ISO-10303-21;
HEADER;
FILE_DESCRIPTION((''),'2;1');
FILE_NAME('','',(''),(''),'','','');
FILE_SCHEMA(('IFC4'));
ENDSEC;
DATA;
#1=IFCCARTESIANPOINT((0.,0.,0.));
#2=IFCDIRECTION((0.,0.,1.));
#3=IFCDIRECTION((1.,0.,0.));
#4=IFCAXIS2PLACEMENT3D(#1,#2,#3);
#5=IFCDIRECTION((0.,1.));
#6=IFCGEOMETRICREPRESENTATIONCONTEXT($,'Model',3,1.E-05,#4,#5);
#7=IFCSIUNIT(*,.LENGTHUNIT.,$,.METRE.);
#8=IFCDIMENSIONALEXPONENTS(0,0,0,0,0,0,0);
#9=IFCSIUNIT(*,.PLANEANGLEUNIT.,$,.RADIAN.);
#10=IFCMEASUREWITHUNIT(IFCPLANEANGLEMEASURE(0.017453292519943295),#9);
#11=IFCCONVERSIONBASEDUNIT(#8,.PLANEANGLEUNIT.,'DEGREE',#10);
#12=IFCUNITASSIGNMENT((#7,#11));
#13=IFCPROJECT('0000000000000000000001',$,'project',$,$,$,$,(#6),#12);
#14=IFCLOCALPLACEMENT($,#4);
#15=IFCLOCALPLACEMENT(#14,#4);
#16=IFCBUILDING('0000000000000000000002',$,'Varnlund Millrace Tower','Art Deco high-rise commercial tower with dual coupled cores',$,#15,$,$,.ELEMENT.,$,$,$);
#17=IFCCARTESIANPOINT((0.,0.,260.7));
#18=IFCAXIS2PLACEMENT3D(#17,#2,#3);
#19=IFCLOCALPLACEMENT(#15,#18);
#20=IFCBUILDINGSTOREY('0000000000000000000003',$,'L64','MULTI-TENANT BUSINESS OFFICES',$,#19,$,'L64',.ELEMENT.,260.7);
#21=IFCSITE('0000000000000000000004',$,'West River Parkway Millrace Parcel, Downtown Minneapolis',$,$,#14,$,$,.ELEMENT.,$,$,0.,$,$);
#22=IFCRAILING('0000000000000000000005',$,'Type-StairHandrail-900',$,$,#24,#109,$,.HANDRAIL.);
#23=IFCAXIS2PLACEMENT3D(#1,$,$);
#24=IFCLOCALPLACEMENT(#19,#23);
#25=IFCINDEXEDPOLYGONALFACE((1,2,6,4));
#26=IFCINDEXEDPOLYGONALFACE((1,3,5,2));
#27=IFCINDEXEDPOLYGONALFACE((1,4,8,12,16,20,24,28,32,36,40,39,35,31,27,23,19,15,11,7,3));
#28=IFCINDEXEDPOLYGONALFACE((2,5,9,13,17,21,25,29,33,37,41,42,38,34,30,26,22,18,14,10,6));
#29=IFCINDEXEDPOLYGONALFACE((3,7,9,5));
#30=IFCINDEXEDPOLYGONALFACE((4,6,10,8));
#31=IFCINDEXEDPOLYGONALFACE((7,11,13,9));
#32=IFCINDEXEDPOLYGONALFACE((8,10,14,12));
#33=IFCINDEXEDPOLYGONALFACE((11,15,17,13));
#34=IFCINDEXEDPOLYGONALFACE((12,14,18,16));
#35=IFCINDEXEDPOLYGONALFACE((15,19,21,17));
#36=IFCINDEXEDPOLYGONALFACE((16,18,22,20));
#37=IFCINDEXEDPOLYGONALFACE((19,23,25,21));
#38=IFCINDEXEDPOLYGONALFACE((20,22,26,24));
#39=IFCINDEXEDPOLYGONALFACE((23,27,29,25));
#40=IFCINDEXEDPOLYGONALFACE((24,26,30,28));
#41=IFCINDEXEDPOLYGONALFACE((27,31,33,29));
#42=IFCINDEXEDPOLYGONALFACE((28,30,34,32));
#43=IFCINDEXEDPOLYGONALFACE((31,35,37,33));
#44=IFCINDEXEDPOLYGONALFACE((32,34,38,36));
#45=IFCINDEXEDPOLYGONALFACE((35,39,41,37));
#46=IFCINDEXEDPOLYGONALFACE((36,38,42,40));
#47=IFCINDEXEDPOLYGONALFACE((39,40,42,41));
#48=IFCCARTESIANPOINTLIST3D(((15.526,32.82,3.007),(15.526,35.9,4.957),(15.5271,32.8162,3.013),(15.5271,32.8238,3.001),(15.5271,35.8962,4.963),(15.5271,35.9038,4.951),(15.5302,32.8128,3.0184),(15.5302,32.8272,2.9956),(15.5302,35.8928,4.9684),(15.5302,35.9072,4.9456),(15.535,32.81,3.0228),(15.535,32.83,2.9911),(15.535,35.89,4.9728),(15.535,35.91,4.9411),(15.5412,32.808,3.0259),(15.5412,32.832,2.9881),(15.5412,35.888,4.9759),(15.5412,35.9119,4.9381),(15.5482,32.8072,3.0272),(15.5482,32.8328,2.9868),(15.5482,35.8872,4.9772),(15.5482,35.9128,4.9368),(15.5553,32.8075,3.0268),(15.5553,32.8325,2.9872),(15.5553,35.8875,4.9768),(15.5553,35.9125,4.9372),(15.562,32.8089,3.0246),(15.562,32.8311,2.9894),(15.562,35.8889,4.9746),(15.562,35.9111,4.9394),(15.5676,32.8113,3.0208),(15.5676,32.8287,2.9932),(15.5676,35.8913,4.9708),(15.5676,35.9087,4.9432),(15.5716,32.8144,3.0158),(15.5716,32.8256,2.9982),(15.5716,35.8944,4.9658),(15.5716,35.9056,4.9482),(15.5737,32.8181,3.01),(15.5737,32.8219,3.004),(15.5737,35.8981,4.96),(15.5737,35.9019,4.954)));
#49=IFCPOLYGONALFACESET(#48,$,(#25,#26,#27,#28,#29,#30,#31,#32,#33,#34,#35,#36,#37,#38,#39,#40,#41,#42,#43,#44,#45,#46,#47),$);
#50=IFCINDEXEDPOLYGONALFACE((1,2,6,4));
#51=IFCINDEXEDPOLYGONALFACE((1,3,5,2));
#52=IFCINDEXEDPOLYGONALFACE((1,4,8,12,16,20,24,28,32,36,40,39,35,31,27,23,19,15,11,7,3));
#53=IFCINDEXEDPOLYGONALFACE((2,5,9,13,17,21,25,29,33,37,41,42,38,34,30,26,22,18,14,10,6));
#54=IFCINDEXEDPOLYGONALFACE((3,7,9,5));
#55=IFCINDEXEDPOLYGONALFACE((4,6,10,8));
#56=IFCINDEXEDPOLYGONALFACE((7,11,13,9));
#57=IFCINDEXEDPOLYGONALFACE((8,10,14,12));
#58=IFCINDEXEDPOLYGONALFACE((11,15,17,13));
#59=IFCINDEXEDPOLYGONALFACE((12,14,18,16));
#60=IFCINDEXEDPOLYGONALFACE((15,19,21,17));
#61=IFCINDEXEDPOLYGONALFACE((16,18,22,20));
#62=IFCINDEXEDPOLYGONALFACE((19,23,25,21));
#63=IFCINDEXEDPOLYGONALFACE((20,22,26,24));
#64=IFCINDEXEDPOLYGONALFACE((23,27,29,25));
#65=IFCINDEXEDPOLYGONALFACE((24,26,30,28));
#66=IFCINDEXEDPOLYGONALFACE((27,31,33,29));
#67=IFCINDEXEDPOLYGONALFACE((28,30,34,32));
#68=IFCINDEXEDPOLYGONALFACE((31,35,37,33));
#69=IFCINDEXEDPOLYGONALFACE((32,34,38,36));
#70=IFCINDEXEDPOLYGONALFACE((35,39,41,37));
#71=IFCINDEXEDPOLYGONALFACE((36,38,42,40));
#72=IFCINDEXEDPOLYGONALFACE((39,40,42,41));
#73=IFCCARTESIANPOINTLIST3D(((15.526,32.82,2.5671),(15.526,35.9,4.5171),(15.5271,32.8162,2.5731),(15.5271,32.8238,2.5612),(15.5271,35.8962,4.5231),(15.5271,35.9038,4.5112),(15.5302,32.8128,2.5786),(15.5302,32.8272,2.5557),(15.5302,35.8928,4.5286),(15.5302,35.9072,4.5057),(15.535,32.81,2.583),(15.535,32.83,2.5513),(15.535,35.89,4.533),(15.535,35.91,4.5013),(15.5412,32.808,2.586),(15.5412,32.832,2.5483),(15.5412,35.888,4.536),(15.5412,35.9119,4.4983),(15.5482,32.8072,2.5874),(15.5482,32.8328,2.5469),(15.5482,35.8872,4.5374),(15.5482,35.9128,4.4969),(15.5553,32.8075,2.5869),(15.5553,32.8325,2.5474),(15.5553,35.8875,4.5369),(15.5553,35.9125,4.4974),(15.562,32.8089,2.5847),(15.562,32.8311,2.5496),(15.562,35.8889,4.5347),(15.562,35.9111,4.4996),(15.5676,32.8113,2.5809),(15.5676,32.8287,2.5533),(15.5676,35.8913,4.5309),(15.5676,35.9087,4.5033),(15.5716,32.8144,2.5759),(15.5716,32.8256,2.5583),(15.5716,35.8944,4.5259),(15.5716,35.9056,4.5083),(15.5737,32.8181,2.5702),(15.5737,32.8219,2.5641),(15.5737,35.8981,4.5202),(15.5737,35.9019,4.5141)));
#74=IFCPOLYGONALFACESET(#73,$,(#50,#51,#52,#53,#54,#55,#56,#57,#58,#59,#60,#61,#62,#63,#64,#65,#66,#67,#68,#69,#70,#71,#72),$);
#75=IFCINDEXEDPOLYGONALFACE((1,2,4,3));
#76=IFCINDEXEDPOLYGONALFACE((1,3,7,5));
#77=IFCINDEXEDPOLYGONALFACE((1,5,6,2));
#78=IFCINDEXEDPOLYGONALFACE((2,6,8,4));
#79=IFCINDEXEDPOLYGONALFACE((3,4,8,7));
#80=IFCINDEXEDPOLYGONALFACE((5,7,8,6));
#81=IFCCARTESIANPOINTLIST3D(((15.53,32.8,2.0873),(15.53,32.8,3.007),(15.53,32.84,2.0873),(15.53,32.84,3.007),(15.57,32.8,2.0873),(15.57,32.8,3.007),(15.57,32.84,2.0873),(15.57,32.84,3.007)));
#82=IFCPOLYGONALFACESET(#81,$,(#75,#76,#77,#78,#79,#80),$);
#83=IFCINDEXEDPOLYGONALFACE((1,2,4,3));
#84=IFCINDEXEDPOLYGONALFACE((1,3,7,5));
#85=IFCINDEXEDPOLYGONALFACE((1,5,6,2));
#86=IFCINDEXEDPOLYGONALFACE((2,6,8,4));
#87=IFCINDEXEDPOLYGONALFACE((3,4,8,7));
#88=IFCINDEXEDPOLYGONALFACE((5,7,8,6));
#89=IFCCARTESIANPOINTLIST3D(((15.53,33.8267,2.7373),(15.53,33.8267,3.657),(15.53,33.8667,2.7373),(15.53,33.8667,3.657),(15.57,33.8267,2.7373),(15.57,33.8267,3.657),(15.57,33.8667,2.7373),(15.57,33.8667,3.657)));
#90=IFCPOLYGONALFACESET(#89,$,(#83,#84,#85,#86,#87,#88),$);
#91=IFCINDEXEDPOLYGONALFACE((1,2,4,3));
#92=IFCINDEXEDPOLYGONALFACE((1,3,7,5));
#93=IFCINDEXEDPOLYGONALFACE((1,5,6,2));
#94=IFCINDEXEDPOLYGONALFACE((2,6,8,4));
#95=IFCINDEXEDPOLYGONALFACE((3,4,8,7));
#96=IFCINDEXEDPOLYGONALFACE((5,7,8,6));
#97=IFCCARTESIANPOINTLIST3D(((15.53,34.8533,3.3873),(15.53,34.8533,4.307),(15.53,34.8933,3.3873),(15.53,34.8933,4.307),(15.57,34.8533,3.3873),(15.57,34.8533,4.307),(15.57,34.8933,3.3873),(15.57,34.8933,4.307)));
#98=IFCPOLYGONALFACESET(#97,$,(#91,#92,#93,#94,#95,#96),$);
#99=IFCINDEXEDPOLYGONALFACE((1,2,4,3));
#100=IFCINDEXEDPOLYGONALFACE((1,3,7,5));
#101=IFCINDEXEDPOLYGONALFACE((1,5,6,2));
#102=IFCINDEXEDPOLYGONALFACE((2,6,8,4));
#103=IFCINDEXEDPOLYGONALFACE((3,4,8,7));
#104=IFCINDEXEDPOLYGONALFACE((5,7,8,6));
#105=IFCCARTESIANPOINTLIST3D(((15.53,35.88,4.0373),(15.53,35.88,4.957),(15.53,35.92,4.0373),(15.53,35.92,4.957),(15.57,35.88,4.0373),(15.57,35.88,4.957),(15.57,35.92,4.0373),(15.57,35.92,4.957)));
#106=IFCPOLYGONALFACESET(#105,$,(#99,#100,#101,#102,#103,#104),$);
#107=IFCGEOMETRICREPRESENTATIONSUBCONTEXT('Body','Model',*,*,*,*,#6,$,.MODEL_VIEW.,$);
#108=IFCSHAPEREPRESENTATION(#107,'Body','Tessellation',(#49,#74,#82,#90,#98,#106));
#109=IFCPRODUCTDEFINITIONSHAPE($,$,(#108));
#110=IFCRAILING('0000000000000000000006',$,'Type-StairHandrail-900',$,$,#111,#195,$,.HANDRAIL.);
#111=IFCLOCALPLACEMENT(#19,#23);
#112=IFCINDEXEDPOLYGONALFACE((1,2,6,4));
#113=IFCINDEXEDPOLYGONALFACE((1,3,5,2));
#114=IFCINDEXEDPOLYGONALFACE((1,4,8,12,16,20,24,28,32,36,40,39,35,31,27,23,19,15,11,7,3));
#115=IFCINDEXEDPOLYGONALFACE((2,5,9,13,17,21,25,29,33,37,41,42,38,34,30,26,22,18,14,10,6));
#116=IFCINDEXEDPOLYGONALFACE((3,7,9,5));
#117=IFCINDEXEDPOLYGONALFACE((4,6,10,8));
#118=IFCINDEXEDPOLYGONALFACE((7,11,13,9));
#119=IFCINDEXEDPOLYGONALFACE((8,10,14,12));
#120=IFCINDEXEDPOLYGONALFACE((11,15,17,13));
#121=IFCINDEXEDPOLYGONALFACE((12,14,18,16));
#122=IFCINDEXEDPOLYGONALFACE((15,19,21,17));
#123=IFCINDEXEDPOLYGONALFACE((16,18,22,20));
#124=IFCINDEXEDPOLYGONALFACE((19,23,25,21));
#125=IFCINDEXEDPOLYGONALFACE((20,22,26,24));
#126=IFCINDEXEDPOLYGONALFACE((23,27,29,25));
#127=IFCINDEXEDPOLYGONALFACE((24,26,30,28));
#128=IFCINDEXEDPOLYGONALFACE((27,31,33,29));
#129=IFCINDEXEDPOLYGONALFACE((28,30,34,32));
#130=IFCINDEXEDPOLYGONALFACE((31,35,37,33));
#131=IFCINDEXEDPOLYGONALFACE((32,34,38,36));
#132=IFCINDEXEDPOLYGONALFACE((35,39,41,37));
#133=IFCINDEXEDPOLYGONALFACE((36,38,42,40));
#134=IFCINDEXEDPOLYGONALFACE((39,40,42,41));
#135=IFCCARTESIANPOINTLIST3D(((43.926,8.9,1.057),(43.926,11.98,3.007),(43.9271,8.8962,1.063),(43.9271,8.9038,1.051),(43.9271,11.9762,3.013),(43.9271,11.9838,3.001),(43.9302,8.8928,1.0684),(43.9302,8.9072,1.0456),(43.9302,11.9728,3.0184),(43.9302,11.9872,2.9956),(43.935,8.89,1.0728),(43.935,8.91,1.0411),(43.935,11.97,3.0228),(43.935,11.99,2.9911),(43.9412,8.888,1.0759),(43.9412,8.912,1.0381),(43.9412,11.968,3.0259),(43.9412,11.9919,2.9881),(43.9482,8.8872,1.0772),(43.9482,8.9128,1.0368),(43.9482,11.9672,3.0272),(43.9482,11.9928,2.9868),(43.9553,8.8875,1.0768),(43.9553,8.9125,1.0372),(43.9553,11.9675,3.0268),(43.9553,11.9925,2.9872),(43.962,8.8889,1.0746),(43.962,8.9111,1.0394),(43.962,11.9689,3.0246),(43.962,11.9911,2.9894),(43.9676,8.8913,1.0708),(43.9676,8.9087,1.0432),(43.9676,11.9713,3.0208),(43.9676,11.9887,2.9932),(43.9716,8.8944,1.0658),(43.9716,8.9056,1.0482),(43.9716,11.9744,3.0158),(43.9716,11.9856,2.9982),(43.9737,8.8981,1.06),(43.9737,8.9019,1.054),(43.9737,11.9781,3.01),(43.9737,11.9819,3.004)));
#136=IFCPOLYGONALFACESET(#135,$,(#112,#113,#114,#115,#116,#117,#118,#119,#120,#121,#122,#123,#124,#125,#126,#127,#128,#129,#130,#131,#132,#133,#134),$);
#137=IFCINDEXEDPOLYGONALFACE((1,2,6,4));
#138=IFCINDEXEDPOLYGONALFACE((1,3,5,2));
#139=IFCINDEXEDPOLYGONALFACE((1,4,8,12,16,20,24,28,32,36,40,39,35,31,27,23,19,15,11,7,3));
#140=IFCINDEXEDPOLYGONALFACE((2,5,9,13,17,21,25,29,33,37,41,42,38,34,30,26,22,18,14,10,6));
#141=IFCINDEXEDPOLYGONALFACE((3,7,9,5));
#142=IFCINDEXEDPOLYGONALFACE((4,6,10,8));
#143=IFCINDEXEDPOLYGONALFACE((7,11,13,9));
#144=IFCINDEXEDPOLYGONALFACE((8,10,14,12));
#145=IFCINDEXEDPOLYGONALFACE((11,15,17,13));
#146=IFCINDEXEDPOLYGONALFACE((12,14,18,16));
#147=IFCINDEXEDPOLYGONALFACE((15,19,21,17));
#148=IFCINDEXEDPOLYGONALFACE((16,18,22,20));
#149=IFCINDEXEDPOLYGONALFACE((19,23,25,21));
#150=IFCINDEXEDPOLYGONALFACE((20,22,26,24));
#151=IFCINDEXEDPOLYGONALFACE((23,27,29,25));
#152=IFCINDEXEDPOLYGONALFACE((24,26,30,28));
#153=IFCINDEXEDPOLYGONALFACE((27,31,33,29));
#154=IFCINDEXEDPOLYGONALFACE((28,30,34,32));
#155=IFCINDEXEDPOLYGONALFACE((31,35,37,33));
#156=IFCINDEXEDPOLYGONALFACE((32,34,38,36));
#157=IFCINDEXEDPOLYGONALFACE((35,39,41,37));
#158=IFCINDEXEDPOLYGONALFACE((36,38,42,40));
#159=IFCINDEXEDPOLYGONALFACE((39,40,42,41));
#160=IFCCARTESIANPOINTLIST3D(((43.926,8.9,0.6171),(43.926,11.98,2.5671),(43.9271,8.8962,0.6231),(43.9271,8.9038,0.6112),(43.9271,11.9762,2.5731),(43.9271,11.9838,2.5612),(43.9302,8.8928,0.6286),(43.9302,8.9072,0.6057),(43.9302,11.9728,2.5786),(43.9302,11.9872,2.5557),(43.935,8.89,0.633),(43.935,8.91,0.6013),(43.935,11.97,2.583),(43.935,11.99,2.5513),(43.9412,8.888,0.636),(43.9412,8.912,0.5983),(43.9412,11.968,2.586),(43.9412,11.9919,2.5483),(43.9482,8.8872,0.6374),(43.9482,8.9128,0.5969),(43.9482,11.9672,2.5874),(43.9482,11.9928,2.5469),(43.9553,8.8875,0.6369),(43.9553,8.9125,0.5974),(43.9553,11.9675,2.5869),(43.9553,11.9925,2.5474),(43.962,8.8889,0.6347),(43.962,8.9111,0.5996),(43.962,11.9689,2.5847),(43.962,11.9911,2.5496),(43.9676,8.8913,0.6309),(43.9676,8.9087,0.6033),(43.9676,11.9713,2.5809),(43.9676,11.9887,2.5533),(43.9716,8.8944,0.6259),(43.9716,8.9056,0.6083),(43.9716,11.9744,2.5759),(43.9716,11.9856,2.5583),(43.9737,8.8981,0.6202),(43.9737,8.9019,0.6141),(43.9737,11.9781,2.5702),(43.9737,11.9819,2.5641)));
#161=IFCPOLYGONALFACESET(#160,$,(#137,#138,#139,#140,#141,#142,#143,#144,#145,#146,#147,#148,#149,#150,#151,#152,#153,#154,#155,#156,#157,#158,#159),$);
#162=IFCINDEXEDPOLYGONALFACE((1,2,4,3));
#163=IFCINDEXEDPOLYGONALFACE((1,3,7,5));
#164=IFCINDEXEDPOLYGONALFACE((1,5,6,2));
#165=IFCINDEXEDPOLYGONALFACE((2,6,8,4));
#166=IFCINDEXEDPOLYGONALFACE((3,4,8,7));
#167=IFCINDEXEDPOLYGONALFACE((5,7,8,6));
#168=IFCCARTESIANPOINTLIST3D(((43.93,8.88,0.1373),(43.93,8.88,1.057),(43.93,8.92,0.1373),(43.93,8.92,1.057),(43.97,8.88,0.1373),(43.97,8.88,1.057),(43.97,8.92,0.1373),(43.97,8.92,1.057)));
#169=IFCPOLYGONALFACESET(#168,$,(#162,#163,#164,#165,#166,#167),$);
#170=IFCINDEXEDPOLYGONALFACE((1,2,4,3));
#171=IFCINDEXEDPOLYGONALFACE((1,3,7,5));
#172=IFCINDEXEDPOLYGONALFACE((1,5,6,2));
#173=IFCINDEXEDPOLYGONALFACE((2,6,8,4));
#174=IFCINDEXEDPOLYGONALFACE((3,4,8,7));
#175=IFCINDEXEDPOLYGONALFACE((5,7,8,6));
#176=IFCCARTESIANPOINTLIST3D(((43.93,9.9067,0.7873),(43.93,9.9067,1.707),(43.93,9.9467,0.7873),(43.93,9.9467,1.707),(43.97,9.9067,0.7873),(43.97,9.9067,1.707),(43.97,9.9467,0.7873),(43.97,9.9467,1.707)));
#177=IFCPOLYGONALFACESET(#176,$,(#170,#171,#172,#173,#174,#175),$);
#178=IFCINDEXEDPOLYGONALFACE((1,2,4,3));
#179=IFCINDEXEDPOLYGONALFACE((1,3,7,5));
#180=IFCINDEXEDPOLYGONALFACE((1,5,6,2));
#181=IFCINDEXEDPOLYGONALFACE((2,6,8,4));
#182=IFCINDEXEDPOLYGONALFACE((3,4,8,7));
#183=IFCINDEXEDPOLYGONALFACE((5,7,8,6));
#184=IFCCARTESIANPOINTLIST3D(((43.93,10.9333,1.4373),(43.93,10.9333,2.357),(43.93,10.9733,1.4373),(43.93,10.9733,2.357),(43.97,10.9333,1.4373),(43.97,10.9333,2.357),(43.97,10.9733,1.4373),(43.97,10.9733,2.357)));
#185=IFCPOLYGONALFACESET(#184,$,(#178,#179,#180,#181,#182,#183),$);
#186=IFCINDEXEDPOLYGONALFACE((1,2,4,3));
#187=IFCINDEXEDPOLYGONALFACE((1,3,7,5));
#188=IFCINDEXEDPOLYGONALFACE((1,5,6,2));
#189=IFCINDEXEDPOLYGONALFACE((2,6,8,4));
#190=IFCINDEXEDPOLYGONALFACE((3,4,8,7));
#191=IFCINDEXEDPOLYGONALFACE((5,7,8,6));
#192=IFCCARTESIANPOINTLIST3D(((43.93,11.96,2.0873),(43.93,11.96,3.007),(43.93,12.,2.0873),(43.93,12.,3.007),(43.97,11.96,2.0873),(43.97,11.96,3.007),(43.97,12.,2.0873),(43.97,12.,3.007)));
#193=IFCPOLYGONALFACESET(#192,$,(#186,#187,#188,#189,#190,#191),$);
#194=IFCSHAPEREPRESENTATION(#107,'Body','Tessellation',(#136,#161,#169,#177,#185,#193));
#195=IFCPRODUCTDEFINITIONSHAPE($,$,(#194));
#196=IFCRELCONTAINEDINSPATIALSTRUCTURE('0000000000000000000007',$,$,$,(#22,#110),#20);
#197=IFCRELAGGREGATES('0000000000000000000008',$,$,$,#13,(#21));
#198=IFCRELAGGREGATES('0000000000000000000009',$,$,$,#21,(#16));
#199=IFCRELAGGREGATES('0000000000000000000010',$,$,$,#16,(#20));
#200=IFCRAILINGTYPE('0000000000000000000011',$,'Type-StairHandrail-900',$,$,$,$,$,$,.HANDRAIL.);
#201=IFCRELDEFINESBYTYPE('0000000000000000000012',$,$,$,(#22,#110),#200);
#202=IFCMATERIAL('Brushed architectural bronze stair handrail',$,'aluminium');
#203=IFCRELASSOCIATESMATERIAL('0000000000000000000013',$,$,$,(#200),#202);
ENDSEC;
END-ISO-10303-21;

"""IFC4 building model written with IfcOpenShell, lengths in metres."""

from ifc_helpers import new_model, entity, si_unit, converted_unit, direction, frame, origin_with_axes, origin_2d_with_axis, place, context, subcontext, project, spatial, rectangle, circle, extrude, material, type_object, element, save


model = new_model("IFC4")

# Units and contexts
model_context = context("Model", 3, precision=1e-05, world=origin_with_axes(), true_north=direction((0.0, 1.0)))
body_context = subcontext(model_context, "Body", "Model", "MODEL_VIEW")
ifc_project = project(units=[si_unit("LENGTHUNIT", "METRE"), converted_unit("PLANEANGLEUNIT", "DEGREE", entity("IfcPlaneAngleMeasure", 0.017453292519943295), si_unit("PLANEANGLEUNIT", "RADIAN"), dimensions=[0, 0, 0, 0, 0, 0, 0])], contexts=[model_context])

# Site, building, storey
site_placement = place(None, origin_with_axes())
site = spatial("IfcSite", under=ifc_project, at=site_placement, Name="West River Parkway Millrace Parcel, Downtown Minneapolis", CompositionType="ELEMENT", RefElevation=0.0)
building_placement = place(site_placement, origin_with_axes())
building = spatial("IfcBuilding", under=site, at=building_placement, Name="Varnlund Millrace Tower", Description="Art Deco high-rise commercial tower with dual coupled cores", CompositionType="ELEMENT")
storey_placement = place(building_placement, frame((0.0, 0.0, 260.7), z_axis=(0.0, 0.0, 1.0), x_axis=(1.0, 0.0, 0.0)))
storey = spatial("IfcBuildingStorey", under=building, at=storey_placement, Name="L64", Description="MULTI-TENANT BUSINESS OFFICES", LongName="L64", CompositionType="ELEMENT", Elevation=260.7)

# Railings
ifc_material_1 = material(Name="Brushed architectural bronze stair handrail", Category="aluminium")
railing_type_1 = type_object("IfcRailingType", Name="Type-StairHandrail-900", PredefinedType="HANDRAIL", material=ifc_material_1)
railing_1_placement = place(storey_placement, frame((0.0, 0.0, -260.7), z_axis=(0.0, 0.0, 1.0), x_axis=(1.0, 0.0, 0.0)))
element("IfcRailing", 1, at=railing_1_placement, inside=storey, type_object=railing_type_1, Name="Type-StairHandrail-900", PredefinedType="HANDRAIL", context=body_context, shape_type="SweptSolid", body=[
    extrude(circle(Radius=0.024, at=origin_2d_with_axis()), frame((15.55, 32.82, 263.707), z_axis=(0.0, 0.844902, 0.534922), x_axis=(-1.0, 0.0, 0.0)), (0.0, 0.0, 1.0), 3.6454),
    extrude(circle(Radius=0.024, at=origin_2d_with_axis()), frame((15.55, 32.82, 263.2671), z_axis=(0.0, 0.844902, 0.534922), x_axis=(-1.0, 0.0, 0.0)), (0.0, 0.0, 1.0), 3.6454),
    extrude(rectangle(XDim=0.04, YDim=0.04, at=origin_2d_with_axis()), frame((15.55, 32.82, 262.7873), z_axis=(0.0, 0.0, 1.0), x_axis=(1.0, 0.0, 0.0)), (0.0, 0.0, 1.0), 0.9197),
    extrude(rectangle(XDim=0.04, YDim=0.04, at=origin_2d_with_axis()), frame((15.55, 33.8467, 263.4373), z_axis=(0.0, 0.0, 1.0), x_axis=(1.0, 0.0, 0.0)), (0.0, 0.0, 1.0), 0.9197),
    extrude(rectangle(XDim=0.04, YDim=0.04, at=origin_2d_with_axis()), frame((15.55, 34.8733, 264.0873), z_axis=(0.0, 0.0, 1.0), x_axis=(1.0, 0.0, 0.0)), (0.0, 0.0, 1.0), 0.9197),
    extrude(rectangle(XDim=0.04, YDim=0.04, at=origin_2d_with_axis()), frame((15.55, 35.9, 264.7373), z_axis=(0.0, 0.0, 1.0), x_axis=(1.0, 0.0, 0.0)), (0.0, 0.0, 1.0), 0.9197),
])
railing_2_placement = place(storey_placement, frame((0.0, 0.0, -260.7), z_axis=(0.0, 0.0, 1.0), x_axis=(1.0, 0.0, 0.0)))
element("IfcRailing", 2, at=railing_2_placement, inside=storey, type_object=railing_type_1, Name="Type-StairHandrail-900", PredefinedType="HANDRAIL", context=body_context, shape_type="SweptSolid", body=[
    extrude(circle(Radius=0.024, at=origin_2d_with_axis()), frame((43.95, 8.9, 261.757), z_axis=(0.0, 0.844902, 0.534922), x_axis=(-1.0, 0.0, 0.0)), (0.0, 0.0, 1.0), 3.6454),
    extrude(circle(Radius=0.024, at=origin_2d_with_axis()), frame((43.95, 8.9, 261.3171), z_axis=(0.0, 0.844902, 0.534922), x_axis=(-1.0, 0.0, 0.0)), (0.0, 0.0, 1.0), 3.6454),
    extrude(rectangle(XDim=0.04, YDim=0.04, at=origin_2d_with_axis()), frame((43.95, 8.9, 260.8373), z_axis=(0.0, 0.0, 1.0), x_axis=(1.0, 0.0, 0.0)), (0.0, 0.0, 1.0), 0.9197),
    extrude(rectangle(XDim=0.04, YDim=0.04, at=origin_2d_with_axis()), frame((43.95, 9.9267, 261.4873), z_axis=(0.0, 0.0, 1.0), x_axis=(1.0, 0.0, 0.0)), (0.0, 0.0, 1.0), 0.9197),
    extrude(rectangle(XDim=0.04, YDim=0.04, at=origin_2d_with_axis()), frame((43.95, 10.9533, 262.1373), z_axis=(0.0, 0.0, 1.0), x_axis=(1.0, 0.0, 0.0)), (0.0, 0.0, 1.0), 0.9197),
    extrude(rectangle(XDim=0.04, YDim=0.04, at=origin_2d_with_axis()), frame((43.95, 11.98, 262.7873), z_axis=(0.0, 0.0, 1.0), x_axis=(1.0, 0.0, 0.0)), (0.0, 0.0, 1.0), 0.9197),
])

save(model, "model.ifc")
